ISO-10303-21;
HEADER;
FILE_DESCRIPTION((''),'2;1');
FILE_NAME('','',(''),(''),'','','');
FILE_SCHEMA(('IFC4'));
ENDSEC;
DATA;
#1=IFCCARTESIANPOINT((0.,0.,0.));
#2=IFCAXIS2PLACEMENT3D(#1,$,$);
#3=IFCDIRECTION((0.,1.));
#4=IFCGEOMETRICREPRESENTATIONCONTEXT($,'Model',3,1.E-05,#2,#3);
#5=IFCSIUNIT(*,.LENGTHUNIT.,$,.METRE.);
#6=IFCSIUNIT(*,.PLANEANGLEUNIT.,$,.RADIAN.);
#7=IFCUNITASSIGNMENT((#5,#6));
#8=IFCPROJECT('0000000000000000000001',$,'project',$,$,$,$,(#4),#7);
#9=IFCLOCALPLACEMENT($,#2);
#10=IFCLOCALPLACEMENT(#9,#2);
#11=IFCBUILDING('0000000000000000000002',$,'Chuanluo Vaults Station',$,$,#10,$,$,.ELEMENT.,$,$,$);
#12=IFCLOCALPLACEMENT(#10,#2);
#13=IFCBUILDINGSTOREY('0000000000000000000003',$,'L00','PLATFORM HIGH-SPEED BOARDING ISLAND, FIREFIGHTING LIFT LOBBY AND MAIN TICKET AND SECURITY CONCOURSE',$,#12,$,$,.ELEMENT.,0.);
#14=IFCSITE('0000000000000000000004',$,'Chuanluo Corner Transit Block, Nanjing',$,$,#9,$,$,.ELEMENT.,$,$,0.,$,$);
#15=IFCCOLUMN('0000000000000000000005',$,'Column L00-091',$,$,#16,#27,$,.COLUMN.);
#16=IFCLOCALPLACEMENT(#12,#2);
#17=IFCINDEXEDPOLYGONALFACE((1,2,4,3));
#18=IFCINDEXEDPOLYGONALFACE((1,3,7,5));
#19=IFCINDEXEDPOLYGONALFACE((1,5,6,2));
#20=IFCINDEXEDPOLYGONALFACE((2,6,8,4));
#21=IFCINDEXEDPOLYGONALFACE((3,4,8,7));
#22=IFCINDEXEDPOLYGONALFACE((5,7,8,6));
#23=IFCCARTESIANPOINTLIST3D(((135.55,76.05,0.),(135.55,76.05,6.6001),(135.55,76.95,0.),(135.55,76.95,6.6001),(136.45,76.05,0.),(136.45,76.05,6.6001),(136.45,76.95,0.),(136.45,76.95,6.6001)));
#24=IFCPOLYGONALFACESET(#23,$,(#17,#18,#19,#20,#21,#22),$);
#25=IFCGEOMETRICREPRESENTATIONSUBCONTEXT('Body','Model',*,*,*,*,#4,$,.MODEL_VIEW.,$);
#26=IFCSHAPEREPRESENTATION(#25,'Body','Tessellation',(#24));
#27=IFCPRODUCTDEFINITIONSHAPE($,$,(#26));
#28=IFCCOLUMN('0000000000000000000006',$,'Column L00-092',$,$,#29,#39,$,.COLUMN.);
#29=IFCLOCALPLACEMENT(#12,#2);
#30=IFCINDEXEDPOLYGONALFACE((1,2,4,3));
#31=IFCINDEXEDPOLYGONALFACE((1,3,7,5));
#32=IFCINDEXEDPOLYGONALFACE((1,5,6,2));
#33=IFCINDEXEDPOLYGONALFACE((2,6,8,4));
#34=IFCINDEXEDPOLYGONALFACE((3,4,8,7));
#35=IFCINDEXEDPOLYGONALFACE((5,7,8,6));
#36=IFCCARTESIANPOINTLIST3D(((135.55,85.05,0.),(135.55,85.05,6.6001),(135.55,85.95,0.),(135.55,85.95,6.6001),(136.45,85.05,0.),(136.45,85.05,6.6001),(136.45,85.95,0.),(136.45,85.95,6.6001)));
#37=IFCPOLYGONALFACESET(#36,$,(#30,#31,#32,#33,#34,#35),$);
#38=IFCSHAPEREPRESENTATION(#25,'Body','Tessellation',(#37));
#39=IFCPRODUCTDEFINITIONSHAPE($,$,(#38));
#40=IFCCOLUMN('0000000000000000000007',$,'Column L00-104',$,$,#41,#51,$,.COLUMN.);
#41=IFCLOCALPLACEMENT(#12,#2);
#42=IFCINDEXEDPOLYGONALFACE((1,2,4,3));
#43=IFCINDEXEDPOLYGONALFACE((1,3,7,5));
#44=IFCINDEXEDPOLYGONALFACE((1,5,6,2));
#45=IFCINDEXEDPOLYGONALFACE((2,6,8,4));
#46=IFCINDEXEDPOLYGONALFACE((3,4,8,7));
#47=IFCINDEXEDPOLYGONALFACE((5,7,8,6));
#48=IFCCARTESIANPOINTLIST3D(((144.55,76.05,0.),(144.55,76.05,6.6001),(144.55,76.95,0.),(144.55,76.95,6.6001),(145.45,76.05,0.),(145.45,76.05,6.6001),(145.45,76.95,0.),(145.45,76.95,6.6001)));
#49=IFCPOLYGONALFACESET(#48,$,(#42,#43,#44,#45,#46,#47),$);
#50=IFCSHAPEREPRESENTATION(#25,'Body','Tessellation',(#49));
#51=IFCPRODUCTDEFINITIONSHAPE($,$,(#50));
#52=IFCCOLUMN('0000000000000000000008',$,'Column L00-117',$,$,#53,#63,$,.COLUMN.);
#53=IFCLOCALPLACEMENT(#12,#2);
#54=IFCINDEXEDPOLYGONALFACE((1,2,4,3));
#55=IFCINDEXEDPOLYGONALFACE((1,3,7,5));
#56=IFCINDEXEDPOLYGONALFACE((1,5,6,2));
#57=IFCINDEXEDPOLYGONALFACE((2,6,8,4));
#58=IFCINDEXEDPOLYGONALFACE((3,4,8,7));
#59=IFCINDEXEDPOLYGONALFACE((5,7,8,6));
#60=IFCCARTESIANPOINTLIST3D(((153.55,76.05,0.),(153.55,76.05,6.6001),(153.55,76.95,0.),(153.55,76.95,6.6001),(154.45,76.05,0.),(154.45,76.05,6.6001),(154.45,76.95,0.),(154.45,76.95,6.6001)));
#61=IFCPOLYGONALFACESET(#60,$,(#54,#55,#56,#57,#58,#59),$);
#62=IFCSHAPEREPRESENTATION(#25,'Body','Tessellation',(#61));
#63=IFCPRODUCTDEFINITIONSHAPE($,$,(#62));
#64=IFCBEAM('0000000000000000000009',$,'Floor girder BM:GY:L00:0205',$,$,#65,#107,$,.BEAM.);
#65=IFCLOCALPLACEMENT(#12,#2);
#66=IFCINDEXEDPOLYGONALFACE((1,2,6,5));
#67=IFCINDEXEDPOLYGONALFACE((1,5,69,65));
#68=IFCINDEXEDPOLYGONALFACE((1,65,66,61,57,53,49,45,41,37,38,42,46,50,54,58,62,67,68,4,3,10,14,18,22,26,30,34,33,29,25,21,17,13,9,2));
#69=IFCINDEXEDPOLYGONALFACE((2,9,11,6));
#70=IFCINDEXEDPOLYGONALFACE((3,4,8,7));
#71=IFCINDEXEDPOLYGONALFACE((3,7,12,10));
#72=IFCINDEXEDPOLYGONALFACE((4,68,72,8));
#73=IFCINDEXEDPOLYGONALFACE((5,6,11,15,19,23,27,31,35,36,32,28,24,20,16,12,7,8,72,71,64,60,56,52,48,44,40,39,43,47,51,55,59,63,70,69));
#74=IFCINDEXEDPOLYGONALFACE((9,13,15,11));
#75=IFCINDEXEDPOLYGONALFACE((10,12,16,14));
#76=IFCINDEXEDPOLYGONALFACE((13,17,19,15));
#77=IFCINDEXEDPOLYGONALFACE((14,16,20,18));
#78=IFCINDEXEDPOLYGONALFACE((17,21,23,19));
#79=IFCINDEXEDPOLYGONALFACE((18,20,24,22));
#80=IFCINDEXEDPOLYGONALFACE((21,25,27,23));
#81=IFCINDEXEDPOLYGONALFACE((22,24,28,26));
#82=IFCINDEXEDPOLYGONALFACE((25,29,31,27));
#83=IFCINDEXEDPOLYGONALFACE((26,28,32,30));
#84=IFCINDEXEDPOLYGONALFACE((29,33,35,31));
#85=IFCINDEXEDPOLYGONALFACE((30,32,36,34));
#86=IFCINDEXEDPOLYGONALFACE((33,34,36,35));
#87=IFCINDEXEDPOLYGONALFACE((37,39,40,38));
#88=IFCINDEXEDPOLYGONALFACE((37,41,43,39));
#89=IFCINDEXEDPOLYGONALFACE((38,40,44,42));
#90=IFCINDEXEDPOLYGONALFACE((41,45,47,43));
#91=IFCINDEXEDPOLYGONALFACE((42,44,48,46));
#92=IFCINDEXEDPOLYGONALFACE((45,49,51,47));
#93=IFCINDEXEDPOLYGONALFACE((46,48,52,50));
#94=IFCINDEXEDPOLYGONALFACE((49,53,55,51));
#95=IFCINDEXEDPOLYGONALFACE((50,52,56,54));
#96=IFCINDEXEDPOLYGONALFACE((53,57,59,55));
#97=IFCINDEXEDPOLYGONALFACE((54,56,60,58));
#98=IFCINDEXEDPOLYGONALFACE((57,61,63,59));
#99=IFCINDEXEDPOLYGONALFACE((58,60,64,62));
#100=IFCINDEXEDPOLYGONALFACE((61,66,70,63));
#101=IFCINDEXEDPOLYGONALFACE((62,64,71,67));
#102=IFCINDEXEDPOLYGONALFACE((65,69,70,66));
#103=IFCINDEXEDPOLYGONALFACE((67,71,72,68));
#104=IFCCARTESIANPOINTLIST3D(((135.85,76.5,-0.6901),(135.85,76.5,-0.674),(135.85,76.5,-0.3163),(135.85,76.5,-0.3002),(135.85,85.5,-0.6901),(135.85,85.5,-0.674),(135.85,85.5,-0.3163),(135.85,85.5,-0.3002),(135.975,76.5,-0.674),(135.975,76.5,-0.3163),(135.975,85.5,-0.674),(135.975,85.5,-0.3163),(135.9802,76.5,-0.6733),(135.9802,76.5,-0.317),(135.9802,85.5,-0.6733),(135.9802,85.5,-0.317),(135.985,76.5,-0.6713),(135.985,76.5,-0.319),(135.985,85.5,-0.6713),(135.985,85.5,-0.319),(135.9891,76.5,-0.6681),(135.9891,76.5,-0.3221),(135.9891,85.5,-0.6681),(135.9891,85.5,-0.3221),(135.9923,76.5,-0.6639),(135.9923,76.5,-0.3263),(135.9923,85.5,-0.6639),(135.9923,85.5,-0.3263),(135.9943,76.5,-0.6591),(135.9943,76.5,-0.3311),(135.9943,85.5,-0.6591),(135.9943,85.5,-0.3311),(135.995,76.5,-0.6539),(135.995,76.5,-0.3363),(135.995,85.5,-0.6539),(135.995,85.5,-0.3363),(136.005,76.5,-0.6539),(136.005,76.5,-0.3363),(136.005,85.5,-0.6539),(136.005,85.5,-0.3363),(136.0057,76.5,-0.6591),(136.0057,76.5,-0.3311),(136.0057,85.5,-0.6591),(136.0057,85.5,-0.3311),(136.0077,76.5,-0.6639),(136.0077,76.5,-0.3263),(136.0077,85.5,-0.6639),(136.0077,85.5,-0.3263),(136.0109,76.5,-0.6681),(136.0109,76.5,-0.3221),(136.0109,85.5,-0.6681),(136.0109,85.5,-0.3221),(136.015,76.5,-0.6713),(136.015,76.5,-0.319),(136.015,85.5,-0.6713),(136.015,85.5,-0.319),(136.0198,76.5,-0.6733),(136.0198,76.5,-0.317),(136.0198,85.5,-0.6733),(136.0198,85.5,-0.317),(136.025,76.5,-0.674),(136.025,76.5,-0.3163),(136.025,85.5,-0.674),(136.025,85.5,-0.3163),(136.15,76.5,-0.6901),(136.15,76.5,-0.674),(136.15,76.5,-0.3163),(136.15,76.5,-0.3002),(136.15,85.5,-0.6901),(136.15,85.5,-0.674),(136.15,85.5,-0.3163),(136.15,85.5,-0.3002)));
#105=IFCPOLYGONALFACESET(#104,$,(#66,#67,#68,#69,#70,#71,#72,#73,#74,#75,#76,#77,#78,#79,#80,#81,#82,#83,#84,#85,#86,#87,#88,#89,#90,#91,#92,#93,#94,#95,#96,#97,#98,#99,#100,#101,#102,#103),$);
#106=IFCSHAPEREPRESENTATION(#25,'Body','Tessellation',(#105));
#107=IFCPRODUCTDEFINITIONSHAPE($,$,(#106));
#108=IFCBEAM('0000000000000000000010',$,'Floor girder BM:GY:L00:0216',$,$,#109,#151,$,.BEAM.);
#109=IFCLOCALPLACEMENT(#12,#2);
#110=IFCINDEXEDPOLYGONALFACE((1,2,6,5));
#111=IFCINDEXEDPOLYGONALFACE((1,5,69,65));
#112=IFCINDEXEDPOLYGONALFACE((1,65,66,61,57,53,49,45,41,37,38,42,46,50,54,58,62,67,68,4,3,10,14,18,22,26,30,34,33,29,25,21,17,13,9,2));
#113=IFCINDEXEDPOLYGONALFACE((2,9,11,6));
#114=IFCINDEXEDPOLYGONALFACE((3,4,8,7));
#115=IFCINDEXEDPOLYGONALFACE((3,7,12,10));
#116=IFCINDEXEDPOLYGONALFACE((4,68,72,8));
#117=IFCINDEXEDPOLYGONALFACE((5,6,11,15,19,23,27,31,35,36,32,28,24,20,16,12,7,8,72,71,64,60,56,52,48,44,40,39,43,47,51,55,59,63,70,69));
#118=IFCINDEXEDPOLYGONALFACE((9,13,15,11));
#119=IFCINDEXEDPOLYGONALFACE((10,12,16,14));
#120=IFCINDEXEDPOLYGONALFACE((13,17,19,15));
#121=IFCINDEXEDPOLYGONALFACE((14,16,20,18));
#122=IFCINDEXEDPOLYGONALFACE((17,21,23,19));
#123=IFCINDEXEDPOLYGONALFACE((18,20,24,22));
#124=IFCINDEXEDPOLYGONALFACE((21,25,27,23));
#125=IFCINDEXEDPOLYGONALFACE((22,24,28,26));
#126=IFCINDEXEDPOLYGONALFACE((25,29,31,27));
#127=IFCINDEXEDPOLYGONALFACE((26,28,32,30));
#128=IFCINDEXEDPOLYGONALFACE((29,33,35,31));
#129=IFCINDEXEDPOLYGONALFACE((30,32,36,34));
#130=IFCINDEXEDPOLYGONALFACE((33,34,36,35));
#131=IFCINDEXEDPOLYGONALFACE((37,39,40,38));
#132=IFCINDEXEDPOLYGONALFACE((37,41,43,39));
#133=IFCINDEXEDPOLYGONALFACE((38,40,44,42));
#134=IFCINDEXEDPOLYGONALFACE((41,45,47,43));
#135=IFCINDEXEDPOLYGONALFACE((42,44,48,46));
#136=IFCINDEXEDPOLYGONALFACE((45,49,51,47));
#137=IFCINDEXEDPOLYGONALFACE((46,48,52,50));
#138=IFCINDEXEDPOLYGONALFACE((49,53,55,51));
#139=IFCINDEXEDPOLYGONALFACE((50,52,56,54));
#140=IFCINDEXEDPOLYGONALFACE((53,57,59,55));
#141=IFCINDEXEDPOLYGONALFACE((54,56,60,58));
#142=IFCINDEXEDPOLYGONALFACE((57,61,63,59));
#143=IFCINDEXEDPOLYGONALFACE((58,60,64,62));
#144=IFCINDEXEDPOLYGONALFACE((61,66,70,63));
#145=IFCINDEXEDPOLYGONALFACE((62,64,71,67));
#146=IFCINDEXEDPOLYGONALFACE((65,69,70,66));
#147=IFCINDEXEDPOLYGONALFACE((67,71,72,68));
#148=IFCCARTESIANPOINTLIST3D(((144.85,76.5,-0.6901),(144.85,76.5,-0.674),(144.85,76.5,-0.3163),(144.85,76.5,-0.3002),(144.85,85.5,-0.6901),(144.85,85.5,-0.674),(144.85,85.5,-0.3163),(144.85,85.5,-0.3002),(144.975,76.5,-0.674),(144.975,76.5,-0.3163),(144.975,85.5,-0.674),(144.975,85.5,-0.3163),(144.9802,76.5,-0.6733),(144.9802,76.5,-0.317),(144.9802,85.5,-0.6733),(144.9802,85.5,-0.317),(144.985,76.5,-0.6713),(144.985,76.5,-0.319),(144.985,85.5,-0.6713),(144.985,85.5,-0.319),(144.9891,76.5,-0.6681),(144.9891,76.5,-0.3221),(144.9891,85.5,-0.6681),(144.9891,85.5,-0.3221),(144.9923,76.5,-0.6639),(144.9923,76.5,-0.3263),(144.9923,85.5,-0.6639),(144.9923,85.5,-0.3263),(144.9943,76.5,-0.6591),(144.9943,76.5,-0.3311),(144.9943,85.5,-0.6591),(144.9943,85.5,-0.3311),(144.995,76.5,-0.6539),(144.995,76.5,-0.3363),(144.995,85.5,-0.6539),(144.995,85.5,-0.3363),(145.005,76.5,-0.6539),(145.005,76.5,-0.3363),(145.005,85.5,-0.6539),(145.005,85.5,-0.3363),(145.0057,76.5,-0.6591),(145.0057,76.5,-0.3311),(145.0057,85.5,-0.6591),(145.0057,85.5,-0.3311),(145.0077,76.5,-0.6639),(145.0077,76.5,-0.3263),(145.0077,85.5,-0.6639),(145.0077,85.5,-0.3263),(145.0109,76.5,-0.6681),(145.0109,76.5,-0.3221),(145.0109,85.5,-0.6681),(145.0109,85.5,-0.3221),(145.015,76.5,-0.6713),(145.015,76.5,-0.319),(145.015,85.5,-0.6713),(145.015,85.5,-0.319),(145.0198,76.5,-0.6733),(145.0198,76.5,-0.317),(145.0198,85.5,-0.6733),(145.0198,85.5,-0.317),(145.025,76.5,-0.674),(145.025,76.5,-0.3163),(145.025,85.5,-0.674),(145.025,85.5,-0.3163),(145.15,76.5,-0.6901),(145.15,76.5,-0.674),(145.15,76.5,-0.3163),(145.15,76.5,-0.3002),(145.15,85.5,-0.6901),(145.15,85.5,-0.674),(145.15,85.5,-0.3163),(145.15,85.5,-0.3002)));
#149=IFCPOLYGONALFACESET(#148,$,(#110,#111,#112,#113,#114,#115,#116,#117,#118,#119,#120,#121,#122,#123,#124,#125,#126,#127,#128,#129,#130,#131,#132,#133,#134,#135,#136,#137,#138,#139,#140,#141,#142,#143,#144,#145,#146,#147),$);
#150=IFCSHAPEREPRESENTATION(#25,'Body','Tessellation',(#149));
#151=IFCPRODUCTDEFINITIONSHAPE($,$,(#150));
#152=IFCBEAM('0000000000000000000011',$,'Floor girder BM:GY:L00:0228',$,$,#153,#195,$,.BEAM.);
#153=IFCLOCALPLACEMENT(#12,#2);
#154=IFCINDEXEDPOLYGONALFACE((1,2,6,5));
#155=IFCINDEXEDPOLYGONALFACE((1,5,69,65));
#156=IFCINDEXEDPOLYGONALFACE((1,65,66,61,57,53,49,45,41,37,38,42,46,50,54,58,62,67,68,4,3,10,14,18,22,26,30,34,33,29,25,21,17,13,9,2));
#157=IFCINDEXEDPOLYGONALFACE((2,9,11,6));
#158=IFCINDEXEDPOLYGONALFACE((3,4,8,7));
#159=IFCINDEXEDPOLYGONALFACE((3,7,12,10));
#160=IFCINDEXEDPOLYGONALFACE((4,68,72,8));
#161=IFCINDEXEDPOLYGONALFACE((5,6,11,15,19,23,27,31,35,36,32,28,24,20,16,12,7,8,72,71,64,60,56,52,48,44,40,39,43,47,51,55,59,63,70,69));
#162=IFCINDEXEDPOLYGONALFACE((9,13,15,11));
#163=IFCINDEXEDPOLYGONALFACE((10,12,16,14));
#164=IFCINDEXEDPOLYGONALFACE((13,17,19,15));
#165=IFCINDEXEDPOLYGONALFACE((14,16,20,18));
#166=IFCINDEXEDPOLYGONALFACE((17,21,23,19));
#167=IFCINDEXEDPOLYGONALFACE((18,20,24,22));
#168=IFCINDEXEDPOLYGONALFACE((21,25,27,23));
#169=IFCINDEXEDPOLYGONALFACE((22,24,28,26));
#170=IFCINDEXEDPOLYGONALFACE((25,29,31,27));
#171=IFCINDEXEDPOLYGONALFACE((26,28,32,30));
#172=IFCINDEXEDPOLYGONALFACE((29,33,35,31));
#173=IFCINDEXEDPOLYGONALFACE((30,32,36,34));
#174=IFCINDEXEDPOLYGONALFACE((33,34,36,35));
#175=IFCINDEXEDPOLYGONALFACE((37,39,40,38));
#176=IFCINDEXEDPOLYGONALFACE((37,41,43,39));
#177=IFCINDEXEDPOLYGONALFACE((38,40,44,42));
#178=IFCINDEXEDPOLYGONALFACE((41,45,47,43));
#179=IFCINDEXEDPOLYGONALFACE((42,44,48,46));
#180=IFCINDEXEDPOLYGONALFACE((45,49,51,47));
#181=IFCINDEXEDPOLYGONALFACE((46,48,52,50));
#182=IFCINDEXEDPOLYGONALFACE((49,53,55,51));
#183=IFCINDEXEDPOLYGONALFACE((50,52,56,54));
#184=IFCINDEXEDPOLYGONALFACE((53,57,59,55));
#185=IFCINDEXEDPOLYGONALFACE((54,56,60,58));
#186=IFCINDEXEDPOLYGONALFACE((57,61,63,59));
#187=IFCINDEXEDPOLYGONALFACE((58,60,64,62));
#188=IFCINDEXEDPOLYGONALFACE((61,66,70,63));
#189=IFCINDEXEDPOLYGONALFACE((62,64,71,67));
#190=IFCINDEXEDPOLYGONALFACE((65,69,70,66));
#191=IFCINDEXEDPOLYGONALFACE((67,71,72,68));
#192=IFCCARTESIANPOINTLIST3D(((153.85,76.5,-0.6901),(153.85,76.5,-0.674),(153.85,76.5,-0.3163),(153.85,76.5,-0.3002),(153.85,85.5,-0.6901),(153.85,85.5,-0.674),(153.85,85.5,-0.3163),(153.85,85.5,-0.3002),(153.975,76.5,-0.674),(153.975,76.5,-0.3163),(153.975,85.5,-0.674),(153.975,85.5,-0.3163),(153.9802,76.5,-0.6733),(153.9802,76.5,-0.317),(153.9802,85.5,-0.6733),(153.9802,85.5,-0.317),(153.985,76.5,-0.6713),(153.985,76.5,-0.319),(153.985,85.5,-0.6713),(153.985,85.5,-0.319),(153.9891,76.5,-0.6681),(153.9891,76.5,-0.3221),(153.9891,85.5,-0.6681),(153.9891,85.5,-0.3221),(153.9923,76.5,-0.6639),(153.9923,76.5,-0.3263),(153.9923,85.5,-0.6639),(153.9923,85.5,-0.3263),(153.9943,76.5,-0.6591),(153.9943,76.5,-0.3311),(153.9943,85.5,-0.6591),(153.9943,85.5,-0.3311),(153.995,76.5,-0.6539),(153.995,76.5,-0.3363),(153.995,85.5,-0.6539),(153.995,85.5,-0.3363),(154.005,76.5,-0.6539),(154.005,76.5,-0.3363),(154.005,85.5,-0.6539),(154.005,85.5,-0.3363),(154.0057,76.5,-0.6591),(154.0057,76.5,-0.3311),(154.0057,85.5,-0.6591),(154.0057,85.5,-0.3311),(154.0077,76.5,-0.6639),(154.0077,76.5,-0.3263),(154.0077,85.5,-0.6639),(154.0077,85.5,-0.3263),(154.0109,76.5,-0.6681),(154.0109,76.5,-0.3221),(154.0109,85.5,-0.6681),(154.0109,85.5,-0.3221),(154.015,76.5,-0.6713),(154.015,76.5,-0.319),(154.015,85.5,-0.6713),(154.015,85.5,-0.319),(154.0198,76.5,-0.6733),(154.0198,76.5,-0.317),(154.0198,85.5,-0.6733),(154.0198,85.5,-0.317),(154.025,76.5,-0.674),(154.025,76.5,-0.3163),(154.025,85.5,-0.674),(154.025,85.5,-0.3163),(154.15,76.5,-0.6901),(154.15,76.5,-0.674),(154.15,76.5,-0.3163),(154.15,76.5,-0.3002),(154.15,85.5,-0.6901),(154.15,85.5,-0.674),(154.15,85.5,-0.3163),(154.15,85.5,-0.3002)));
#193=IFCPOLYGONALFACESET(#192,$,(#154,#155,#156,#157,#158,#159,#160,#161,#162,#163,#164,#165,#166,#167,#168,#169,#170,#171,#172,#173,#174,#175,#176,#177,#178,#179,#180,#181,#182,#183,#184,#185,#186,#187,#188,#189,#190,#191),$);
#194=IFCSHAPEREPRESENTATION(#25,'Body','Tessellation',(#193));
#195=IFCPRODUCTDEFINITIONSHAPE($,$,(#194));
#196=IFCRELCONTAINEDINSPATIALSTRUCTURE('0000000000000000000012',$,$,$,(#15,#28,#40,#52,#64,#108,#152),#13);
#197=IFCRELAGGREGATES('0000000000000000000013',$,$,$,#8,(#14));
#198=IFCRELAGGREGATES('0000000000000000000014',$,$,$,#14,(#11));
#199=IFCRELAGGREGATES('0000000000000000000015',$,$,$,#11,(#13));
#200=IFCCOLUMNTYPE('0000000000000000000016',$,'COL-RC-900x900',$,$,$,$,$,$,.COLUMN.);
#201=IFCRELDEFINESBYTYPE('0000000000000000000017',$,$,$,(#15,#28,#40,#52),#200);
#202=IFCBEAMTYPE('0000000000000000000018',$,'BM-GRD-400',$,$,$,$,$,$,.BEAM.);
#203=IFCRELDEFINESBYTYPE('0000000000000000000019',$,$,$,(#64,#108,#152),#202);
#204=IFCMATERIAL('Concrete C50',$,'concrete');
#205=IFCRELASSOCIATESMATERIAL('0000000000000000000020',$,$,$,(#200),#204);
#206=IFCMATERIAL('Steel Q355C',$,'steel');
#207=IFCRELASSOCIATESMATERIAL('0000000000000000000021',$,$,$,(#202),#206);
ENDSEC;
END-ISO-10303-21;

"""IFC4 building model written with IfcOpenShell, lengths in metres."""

from ifc_helpers import new_model, si_unit, direction, frame, origin, origin_2d, place, context, subcontext, project, spatial, rectangle, i_section, extrude, material, material_profile, profile_set, type_object, element, save


model = new_model("IFC4")

# Units and contexts
model_context = context("Model", 3, precision=1e-05, world=origin(), true_north=direction((0.0, 1.0)))
body_context = subcontext(model_context, "Body", "Model", "MODEL_VIEW")
ifc_project = project(units=[si_unit("LENGTHUNIT", "METRE"), si_unit("PLANEANGLEUNIT", "RADIAN")], contexts=[model_context])

# Site, building, storey
site_placement = place(None, origin())
site = spatial("IfcSite", under=ifc_project, at=site_placement, Name="Chuanluo Corner Transit Block, Nanjing", CompositionType="ELEMENT", RefElevation=0.0)
building_placement = place(site_placement, origin())
building = spatial("IfcBuilding", under=site, at=building_placement, Name="Chuanluo Vaults Station", CompositionType="ELEMENT")
storey_placement = place(building_placement, origin())
storey = spatial("IfcBuildingStorey", under=building, at=storey_placement, Name="L00", Description="PLATFORM HIGH-SPEED BOARDING ISLAND, FIREFIGHTING LIFT LOBBY AND MAIN TICKET AND SECURITY CONCOURSE", CompositionType="ELEMENT", Elevation=0.0)

# Columns
ifc_material_1 = material(Name="Concrete C50", Category="concrete")
ifc_material_profile_1 = material_profile(ifc_material_1, rectangle(XDim=0.8999, YDim=0.8999, at=origin_2d()))
ifc_profile_set_1 = profile_set([ifc_material_profile_1], Name="Concrete C50")
column_type = type_object("IfcColumnType", Name="COL-RC-900x900", PredefinedType="COLUMN", material=ifc_profile_set_1)
for number, where, z_axis, x_axis, name in (
    (1, (136.0, 76.5, 0.0), (0.0, 0.0, 1.0), (1.0, 0.0, 0.0), "Column L00-091"),
    (2, (136.0, 85.5, 0.0), (0.0, 0.0, 1.0), (1.0, 0.0, 0.0), "Column L00-092"),
    (3, (145.0, 76.5, 0.0), (0.0, 0.0, 1.0), (1.0, 0.0, 0.0), "Column L00-104"),
    (4, (154.0, 76.5, 0.0), (0.0, 0.0, 1.0), (1.0, 0.0, 0.0), "Column L00-117"),
):
    element("IfcColumn", number, at=place(storey_placement, frame(where, z_axis=z_axis, x_axis=x_axis)), inside=storey, type_object=column_type, Name=name, PredefinedType="COLUMN", context=body_context, shape_type="SweptSolid", body=[
        extrude(rectangle(XDim=0.8999, YDim=0.8999, at=origin_2d()), origin(), (0.0, 0.0, 1.0), 6.6001),
    ])

# Beams
ifc_material_2 = material(Name="Steel Q355C", Category="steel")
ifc_material_profile_2 = material_profile(ifc_material_2, i_section(OverallWidth=0.3, OverallDepth=0.3899, WebThickness=0.01, FlangeThickness=0.0161, FilletRadius=0.02, at=origin_2d()))
ifc_profile_set_2 = profile_set([ifc_material_profile_2], Name="Steel Q355C")
beam_type_1 = type_object("IfcBeamType", Name="BM-GRD-400", PredefinedType="BEAM", material=ifc_profile_set_2)
for number, where, z_axis, x_axis, name in (
    (5, (136.0, 76.5, -0.4951), (0.0, 1.0, 0.0), (-1.0, 0.0, 0.0), "Floor girder BM:GY:L00:0205"),
    (6, (145.0, 76.5, -0.4951), (0.0, 1.0, 0.0), (-1.0, 0.0, 0.0), "Floor girder BM:GY:L00:0216"),
    (7, (154.0, 76.5, -0.4951), (0.0, 1.0, 0.0), (-1.0, 0.0, 0.0), "Floor girder BM:GY:L00:0228"),
):
    element("IfcBeam", number, at=place(storey_placement, frame(where, z_axis=z_axis, x_axis=x_axis)), inside=storey, type_object=beam_type_1, Name=name, PredefinedType="BEAM", context=body_context, shape_type="SweptSolid", body=[
        extrude(i_section(OverallWidth=0.3, OverallDepth=0.3899, WebThickness=0.01, FlangeThickness=0.0161, FilletRadius=0.02, at=origin_2d()), origin(), (0.0, 0.0, 1.0), 9.0),
    ])

save(model, "model.ifc")
